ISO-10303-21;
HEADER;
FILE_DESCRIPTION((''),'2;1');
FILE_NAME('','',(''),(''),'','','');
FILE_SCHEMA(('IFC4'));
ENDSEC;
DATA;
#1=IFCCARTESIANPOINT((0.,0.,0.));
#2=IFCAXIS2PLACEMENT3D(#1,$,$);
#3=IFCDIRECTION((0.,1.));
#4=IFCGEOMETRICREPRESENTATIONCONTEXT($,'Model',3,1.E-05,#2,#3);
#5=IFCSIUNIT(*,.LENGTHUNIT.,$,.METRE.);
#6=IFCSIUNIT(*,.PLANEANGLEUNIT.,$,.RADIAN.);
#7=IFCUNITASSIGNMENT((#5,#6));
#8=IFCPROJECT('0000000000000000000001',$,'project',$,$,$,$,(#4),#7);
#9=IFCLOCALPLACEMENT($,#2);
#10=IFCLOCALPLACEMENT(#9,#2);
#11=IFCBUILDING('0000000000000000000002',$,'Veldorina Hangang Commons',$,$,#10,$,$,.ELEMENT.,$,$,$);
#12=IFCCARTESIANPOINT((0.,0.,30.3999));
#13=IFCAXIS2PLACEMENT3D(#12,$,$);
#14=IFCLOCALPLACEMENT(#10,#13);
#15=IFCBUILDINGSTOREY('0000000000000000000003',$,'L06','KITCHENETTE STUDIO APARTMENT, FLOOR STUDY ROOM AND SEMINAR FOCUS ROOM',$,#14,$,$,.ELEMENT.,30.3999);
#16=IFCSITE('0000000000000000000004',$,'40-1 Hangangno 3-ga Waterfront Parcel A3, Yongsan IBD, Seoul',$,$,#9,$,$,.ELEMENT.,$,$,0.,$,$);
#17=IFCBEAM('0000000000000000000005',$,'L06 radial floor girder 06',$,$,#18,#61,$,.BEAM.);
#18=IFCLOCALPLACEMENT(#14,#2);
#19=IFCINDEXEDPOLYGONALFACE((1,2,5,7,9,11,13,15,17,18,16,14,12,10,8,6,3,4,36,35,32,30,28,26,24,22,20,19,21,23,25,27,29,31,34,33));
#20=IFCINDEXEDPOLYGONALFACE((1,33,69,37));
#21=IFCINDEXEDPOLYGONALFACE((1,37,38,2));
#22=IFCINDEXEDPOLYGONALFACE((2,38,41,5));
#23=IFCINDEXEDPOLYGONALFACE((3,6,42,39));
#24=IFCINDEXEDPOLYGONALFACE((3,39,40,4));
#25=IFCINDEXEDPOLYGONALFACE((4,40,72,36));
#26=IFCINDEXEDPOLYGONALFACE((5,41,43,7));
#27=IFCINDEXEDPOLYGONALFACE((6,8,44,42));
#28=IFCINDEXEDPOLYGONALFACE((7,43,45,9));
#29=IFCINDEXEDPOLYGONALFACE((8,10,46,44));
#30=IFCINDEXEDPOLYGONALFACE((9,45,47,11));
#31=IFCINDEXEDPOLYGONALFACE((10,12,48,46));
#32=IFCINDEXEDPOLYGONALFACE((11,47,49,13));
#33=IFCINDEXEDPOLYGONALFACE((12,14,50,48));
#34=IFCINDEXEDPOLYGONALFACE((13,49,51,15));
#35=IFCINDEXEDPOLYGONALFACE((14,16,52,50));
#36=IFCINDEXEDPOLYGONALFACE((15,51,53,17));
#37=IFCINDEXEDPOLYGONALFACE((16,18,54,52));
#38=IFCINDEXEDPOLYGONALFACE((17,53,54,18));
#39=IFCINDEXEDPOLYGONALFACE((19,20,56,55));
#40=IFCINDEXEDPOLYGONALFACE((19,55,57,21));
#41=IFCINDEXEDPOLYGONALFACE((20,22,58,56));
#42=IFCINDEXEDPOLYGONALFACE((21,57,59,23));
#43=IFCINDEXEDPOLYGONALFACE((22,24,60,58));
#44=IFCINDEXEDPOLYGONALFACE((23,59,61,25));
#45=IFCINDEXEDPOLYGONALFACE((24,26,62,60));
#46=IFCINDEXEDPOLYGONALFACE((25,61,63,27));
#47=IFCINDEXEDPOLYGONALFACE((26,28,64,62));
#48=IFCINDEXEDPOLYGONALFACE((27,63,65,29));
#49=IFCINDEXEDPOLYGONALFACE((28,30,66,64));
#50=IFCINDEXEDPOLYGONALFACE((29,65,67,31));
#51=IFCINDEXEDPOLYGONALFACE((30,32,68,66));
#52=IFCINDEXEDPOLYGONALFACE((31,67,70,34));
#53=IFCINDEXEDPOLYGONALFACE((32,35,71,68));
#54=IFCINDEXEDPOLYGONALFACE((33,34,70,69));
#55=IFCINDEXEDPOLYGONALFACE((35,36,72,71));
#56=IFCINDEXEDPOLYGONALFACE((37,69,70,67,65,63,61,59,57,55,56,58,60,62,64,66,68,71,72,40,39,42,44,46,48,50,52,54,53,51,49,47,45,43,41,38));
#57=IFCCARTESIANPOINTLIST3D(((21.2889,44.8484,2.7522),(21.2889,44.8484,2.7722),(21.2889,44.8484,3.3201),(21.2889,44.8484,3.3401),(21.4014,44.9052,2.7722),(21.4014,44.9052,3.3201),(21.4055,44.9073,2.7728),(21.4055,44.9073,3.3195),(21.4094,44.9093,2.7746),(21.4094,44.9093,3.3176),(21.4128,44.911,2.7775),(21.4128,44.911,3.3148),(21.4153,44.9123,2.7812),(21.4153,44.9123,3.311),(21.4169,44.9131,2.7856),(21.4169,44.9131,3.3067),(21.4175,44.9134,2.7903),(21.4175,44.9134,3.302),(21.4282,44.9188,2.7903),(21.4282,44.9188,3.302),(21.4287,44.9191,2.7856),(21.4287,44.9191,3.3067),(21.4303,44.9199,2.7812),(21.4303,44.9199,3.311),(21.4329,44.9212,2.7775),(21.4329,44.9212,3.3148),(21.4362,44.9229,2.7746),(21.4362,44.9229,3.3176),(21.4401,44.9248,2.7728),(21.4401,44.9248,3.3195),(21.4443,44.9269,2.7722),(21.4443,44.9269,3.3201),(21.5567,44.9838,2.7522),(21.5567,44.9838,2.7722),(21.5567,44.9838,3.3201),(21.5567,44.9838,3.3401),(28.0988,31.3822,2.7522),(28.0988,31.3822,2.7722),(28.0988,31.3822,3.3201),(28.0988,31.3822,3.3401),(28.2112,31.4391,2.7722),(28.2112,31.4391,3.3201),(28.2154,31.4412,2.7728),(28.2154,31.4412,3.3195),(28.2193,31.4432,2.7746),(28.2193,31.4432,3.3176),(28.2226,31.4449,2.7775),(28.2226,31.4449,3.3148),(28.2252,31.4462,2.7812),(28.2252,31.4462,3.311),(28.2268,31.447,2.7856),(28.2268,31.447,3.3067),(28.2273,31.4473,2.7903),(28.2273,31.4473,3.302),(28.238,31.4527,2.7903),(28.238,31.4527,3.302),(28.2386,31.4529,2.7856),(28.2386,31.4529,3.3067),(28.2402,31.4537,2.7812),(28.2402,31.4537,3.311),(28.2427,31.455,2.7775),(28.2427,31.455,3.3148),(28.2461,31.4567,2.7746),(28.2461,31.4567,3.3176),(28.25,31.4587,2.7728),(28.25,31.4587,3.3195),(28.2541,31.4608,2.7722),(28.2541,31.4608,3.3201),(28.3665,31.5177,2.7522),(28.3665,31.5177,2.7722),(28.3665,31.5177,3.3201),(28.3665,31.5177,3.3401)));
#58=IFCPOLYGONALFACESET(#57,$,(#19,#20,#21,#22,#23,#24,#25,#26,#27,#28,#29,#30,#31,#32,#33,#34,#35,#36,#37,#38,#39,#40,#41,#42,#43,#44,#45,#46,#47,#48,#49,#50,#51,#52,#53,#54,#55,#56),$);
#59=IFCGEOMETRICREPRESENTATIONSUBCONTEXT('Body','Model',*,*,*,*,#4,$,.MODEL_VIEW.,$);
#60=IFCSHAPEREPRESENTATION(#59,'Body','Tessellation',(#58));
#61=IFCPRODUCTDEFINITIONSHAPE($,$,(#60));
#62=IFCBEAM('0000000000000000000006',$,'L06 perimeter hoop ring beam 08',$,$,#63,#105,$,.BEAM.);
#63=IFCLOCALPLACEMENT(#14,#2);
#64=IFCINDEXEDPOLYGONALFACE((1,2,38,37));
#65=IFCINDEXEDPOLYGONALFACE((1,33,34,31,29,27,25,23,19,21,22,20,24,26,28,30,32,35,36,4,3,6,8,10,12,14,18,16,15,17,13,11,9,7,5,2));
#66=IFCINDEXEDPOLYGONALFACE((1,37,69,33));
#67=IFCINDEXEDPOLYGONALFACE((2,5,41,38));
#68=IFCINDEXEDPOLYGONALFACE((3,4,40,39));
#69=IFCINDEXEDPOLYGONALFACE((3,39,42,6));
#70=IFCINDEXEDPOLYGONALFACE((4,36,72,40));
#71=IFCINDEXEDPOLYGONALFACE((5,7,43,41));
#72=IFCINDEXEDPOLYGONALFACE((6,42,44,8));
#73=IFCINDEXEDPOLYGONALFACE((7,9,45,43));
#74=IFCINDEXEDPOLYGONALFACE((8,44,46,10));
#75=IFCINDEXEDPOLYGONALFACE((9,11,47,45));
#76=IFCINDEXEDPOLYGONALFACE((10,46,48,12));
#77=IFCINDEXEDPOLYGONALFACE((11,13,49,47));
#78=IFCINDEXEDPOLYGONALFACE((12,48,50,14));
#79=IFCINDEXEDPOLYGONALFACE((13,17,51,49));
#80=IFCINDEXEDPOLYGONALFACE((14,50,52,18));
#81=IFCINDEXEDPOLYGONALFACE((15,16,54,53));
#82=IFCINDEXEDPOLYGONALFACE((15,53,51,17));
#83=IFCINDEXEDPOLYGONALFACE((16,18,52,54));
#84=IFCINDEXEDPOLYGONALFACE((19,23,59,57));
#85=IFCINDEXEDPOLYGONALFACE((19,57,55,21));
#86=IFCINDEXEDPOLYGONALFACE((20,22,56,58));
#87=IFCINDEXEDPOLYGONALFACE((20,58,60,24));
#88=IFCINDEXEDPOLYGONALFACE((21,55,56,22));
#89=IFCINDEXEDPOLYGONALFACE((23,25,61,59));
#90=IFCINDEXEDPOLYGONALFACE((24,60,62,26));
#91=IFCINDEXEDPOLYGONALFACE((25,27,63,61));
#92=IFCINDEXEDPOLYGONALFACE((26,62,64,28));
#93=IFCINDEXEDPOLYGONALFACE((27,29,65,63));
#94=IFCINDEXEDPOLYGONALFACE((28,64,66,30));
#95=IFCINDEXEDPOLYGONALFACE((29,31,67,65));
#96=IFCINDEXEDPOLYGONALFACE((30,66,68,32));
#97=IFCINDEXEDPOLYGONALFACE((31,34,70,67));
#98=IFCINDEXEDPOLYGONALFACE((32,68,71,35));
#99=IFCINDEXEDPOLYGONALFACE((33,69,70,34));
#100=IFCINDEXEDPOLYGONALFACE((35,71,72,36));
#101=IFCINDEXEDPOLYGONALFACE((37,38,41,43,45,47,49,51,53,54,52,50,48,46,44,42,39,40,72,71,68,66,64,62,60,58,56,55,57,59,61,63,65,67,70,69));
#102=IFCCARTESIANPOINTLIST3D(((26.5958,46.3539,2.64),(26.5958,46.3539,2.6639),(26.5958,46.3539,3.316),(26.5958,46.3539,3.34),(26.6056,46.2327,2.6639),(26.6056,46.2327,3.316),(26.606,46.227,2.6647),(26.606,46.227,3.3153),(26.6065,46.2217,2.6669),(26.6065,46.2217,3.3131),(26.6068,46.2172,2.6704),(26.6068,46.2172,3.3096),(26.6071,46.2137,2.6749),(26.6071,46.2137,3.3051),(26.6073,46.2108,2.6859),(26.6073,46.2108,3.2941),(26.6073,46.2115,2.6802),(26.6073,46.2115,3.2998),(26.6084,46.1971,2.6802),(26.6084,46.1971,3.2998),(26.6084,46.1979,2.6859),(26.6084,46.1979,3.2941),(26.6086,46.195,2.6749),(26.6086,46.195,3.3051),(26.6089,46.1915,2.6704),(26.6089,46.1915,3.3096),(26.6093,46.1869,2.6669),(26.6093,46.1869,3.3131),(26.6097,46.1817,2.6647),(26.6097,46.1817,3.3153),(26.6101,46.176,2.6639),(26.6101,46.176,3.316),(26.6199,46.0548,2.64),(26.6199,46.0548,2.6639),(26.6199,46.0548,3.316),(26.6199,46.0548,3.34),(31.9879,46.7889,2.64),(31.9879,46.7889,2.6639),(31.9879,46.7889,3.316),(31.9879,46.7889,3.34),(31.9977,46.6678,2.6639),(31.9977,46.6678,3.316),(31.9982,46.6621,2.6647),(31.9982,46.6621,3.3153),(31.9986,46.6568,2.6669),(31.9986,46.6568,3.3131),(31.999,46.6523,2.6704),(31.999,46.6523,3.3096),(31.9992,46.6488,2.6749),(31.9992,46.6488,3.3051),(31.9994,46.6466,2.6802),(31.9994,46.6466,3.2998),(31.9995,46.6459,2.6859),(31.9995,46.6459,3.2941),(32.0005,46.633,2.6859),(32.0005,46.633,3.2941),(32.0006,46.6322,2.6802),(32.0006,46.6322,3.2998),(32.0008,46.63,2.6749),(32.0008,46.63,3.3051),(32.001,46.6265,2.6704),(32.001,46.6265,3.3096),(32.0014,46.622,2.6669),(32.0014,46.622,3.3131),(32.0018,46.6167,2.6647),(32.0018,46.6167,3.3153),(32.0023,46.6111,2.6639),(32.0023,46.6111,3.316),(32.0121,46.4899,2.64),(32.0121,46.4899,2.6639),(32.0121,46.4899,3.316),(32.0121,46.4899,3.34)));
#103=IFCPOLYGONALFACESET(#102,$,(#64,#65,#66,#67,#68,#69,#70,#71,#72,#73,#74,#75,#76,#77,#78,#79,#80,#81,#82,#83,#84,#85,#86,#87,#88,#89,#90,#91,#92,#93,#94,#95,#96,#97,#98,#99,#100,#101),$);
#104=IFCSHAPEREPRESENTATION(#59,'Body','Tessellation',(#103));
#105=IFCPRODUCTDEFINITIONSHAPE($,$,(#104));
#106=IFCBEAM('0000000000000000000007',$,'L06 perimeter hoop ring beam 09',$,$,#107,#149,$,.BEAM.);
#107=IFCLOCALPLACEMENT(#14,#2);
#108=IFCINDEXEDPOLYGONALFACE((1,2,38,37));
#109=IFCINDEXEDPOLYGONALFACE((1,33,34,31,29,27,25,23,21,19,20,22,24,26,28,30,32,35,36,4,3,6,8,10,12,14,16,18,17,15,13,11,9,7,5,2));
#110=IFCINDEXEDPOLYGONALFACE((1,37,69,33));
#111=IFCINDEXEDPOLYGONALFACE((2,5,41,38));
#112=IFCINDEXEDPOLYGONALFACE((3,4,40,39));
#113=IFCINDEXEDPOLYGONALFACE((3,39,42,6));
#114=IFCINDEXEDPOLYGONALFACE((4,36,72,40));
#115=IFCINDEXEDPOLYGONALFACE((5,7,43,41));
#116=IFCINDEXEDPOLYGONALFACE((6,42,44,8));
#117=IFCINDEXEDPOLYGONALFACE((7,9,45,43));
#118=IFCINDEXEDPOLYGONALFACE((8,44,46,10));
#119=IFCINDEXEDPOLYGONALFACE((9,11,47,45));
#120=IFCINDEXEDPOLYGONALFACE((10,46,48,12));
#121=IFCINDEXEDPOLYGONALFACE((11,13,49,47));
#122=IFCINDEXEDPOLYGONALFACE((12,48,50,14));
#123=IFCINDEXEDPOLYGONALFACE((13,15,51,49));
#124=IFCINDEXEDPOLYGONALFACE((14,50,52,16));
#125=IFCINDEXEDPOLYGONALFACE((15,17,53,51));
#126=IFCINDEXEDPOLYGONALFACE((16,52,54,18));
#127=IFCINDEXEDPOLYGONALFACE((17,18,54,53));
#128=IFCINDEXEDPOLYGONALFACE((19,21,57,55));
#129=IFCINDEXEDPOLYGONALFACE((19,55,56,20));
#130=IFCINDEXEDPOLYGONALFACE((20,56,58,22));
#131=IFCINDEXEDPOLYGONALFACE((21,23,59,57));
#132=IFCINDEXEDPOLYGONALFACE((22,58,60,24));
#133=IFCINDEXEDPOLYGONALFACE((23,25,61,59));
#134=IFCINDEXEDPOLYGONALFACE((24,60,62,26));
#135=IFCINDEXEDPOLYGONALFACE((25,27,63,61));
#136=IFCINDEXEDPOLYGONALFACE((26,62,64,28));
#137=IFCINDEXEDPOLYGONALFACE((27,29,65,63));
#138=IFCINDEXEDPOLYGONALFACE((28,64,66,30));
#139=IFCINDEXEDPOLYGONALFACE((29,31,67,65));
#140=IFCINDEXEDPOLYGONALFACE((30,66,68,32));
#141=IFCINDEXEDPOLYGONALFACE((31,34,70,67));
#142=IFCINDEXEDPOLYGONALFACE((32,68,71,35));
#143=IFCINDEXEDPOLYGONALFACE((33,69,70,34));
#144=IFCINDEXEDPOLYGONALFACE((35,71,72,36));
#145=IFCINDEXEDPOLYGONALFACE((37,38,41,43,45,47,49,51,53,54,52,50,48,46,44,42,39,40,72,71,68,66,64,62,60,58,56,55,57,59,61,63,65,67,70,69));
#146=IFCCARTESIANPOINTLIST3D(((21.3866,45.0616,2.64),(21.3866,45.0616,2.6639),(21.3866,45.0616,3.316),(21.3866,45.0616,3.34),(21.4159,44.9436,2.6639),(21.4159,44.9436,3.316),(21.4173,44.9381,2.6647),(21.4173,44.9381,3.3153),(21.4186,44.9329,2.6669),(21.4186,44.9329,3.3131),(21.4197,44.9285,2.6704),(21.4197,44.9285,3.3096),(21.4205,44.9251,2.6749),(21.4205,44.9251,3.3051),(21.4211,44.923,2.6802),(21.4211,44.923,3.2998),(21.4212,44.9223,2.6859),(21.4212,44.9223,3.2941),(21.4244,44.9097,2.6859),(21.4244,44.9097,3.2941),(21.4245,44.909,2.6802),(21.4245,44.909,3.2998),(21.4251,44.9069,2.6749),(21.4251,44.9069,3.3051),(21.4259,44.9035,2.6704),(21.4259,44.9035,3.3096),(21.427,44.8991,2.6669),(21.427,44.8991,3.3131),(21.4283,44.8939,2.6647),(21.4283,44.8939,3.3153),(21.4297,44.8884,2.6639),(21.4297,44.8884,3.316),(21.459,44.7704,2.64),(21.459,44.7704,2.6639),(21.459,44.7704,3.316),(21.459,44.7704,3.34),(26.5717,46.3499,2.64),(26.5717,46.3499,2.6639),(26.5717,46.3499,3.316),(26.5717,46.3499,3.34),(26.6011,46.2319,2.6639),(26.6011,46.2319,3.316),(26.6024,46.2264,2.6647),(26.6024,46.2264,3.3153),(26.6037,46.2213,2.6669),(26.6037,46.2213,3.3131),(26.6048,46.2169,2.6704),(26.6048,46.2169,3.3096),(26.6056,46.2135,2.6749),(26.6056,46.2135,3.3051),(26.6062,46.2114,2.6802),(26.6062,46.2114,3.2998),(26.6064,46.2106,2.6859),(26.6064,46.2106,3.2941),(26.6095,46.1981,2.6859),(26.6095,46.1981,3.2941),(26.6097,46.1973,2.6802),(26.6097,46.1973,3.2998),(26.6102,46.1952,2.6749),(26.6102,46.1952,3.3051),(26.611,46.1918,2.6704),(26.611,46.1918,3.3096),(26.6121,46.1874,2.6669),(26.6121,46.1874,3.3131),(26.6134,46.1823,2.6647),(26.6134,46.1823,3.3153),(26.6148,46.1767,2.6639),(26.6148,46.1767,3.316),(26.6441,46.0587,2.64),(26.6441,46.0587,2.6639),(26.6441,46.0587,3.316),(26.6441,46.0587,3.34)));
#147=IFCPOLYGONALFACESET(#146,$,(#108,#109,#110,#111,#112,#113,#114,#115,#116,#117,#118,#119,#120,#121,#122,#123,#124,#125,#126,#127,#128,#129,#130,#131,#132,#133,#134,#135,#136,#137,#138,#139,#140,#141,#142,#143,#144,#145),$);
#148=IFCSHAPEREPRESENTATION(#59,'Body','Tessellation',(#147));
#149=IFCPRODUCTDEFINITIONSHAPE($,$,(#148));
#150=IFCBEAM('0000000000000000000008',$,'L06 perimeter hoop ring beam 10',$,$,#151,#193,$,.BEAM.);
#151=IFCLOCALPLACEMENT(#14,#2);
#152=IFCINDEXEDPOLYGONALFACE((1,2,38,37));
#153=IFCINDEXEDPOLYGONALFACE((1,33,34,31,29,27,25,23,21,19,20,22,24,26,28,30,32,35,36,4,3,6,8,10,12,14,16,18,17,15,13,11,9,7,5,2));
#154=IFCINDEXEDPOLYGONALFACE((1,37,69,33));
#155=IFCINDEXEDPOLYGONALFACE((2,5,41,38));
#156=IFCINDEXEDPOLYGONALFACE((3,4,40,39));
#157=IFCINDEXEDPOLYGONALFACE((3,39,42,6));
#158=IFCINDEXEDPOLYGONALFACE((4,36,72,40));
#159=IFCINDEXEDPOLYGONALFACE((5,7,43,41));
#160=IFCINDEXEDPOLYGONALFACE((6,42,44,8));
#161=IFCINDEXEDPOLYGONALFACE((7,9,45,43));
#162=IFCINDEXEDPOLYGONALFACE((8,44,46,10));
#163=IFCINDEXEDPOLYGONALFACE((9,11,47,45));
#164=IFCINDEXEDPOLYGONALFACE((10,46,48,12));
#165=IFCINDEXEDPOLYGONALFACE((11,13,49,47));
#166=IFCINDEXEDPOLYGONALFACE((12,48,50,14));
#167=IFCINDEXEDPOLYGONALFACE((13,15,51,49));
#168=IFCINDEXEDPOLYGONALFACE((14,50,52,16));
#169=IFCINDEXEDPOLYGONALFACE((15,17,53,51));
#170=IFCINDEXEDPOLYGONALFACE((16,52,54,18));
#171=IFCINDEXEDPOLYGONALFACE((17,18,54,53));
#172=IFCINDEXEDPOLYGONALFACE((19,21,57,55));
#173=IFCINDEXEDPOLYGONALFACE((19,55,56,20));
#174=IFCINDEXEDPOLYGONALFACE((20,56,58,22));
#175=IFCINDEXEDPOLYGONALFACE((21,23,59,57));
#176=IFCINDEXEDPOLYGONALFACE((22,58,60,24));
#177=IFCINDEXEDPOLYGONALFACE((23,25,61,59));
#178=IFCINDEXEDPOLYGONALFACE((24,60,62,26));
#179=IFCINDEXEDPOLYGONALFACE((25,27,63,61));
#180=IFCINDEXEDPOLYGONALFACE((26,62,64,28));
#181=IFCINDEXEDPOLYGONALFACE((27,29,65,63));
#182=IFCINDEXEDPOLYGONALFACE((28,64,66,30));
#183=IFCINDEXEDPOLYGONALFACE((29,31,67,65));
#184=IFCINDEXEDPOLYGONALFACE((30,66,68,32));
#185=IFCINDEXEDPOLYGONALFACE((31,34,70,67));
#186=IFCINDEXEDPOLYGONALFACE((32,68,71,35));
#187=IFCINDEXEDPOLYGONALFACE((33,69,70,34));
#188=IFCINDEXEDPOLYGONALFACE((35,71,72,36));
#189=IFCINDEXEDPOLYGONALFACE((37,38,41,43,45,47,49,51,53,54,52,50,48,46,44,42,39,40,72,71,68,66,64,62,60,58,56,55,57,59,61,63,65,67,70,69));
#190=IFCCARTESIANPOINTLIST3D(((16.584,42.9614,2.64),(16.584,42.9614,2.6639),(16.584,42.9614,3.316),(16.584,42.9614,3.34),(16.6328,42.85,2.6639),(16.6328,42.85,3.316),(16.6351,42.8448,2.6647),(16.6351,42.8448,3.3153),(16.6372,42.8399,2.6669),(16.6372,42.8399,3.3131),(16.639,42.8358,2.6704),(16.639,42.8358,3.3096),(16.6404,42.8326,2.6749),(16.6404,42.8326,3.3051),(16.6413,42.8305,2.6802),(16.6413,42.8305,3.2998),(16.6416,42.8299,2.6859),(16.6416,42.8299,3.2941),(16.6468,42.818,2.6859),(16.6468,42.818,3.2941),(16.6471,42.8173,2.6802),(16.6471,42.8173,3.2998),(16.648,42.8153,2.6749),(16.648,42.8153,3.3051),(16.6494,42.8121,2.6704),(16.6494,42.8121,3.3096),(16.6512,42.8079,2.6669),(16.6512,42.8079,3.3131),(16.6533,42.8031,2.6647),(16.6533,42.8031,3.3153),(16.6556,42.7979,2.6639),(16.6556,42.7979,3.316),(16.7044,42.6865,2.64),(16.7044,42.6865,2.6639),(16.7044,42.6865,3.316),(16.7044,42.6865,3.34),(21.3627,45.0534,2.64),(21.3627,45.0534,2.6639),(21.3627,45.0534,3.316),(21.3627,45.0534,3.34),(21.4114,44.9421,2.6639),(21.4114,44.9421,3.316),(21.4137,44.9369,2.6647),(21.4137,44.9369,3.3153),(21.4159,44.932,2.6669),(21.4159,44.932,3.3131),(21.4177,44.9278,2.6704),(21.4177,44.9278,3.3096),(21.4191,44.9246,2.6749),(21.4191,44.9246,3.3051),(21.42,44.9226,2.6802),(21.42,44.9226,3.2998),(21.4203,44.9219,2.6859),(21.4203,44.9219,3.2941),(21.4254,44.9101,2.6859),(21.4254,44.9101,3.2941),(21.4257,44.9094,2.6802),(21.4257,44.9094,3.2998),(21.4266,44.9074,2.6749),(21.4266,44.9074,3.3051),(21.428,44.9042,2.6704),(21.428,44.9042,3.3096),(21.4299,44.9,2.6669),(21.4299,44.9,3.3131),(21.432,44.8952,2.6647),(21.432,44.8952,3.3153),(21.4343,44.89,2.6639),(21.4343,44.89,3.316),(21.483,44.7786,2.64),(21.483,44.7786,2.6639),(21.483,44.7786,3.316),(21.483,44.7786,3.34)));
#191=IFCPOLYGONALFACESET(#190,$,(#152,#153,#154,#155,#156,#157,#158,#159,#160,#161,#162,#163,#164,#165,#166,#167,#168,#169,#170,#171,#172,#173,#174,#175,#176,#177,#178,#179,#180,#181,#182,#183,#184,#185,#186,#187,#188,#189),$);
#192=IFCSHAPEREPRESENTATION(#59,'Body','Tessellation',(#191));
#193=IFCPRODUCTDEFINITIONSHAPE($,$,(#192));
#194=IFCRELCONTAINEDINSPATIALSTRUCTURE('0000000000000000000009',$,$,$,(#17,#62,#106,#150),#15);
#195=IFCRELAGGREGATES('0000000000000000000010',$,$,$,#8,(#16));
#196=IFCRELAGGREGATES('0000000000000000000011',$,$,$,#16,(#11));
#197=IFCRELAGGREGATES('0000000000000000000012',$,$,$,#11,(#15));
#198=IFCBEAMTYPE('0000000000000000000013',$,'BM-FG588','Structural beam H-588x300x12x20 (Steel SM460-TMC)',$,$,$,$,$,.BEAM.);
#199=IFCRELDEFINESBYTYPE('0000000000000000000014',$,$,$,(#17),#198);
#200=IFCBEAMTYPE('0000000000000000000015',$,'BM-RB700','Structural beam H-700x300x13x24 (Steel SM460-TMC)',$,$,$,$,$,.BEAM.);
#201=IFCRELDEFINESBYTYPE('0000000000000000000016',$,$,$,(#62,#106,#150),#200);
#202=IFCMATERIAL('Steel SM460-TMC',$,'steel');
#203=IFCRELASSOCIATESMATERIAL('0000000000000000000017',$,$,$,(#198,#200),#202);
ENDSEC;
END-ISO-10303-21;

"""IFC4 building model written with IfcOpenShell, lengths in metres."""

from ifc_helpers import new_model, si_unit, direction, frame, origin, origin_2d, place, context, subcontext, project, spatial, i_section, extrude, material, material_profile, profile_set, type_object, element, save


model = new_model("IFC4")

# Units and contexts
model_context = context("Model", 3, precision=1e-05, world=origin(), true_north=direction((0.0, 1.0)))
body_context = subcontext(model_context, "Body", "Model", "MODEL_VIEW")
ifc_project = project(units=[si_unit("LENGTHUNIT", "METRE"), si_unit("PLANEANGLEUNIT", "RADIAN")], contexts=[model_context])

# Site, building, storey
site_placement = place(None, origin())
site = spatial("IfcSite", under=ifc_project, at=site_placement, Name="40-1 Hangangno 3-ga Waterfront Parcel A3, Yongsan IBD, Seoul", CompositionType="ELEMENT", RefElevation=0.0)
building_placement = place(site_placement, origin())
building = spatial("IfcBuilding", under=site, at=building_placement, Name="Veldorina Hangang Commons", CompositionType="ELEMENT")
storey_placement = place(building_placement, frame((0.0, 0.0, 30.3999)))
storey = spatial("IfcBuildingStorey", under=building, at=storey_placement, Name="L06", Description="KITCHENETTE STUDIO APARTMENT, FLOOR STUDY ROOM AND SEMINAR FOCUS ROOM", CompositionType="ELEMENT", Elevation=30.3999)

# Beams
ifc_material_1 = material(Name="Steel SM460-TMC", Category="steel")
ifc_material_profile_1 = material_profile(ifc_material_1, i_section(OverallWidth=0.3, OverallDepth=0.5879, WebThickness=0.012, FlangeThickness=0.02, FilletRadius=0.0181, at=origin_2d()), Name="H-588x300x12x20")
ifc_profile_set_1 = profile_set([ifc_material_profile_1], Name="Steel SM460-TMC")
beam_type_1 = type_object("IfcBeamType", Name="BM-FG588", Description="Structural beam H-588x300x12x20 (Steel SM460-TMC)", PredefinedType="BEAM", material=ifc_profile_set_1)
beam_1_placement = place(storey_placement, frame((28.2327, 31.45, 3.0461), z_axis=(-0.45128, 0.892383, 0.0), x_axis=(-0.892383, -0.45128, 0.0)))
element("IfcBeam", 1, at=beam_1_placement, inside=storey, type_object=beam_type_1, Name="L06 radial floor girder 06", PredefinedType="BEAM", context=body_context, shape_type="SweptSolid", body=[
    extrude(i_section(OverallWidth=0.3, OverallDepth=0.5879, WebThickness=0.012, FlangeThickness=0.02, FilletRadius=0.0181, at=origin_2d()), origin(), (0.0, 0.0, 1.0), 15.0901),
])
ifc_material_profile_2 = material_profile(ifc_material_1, i_section(OverallWidth=0.3, OverallDepth=0.7, WebThickness=0.0129, FlangeThickness=0.0239, FilletRadius=0.022, at=origin_2d()), Name="H-700x300x13x24")
ifc_profile_set_2 = profile_set([ifc_material_profile_2], Name="Steel SM460-TMC")
beam_type_2 = type_object("IfcBeamType", Name="BM-RB700", Description="Structural beam H-700x300x13x24 (Steel SM460-TMC)", PredefinedType="BEAM", material=ifc_profile_set_2)
beam_2_placement = place(storey_placement, frame((32.0, 46.6394, 2.99), z_axis=(-0.996761, -0.080423, 0.0), x_axis=(0.080423, -0.996761, 0.0)))
element("IfcBeam", 2, at=beam_2_placement, inside=storey, type_object=beam_type_2, Name="L06 perimeter hoop ring beam 08", PredefinedType="BEAM", context=body_context, shape_type="SweptSolid", body=[
    extrude(i_section(OverallWidth=0.3, OverallDepth=0.7, WebThickness=0.0129, FlangeThickness=0.0239, FilletRadius=0.022, at=origin_2d()), origin(), (0.0, 0.0, 1.0), 5.4097),
])
beam_3_placement = place(storey_placement, frame((26.6079, 46.2043, 2.99), z_axis=(-0.970491, -0.241138, 0.0), x_axis=(0.241138, -0.970491, 0.0)))
element("IfcBeam", 3, at=beam_3_placement, inside=storey, type_object=beam_type_2, Name="L06 perimeter hoop ring beam 09", PredefinedType="BEAM", context=body_context, shape_type="SweptSolid", body=[
    extrude(i_section(OverallWidth=0.3, OverallDepth=0.7, WebThickness=0.0129, FlangeThickness=0.0239, FilletRadius=0.022, at=origin_2d()), origin(), (0.0, 0.0, 1.0), 5.3428),
])
beam_4_placement = place(storey_placement, frame((21.4229, 44.916, 2.99), z_axis=(-0.916057, -0.401047, 0.0), x_axis=(0.401047, -0.916057, 0.0)))
element("IfcBeam", 4, at=beam_4_placement, inside=storey, type_object=beam_type_2, Name="L06 perimeter hoop ring beam 10", PredefinedType="BEAM", context=body_context, shape_type="SweptSolid", body=[
    extrude(i_section(OverallWidth=0.3, OverallDepth=0.7, WebThickness=0.0129, FlangeThickness=0.0239, FilletRadius=0.022, at=origin_2d()), origin(), (0.0, 0.0, 1.0), 5.2166),
])

save(model, "model.ifc")
